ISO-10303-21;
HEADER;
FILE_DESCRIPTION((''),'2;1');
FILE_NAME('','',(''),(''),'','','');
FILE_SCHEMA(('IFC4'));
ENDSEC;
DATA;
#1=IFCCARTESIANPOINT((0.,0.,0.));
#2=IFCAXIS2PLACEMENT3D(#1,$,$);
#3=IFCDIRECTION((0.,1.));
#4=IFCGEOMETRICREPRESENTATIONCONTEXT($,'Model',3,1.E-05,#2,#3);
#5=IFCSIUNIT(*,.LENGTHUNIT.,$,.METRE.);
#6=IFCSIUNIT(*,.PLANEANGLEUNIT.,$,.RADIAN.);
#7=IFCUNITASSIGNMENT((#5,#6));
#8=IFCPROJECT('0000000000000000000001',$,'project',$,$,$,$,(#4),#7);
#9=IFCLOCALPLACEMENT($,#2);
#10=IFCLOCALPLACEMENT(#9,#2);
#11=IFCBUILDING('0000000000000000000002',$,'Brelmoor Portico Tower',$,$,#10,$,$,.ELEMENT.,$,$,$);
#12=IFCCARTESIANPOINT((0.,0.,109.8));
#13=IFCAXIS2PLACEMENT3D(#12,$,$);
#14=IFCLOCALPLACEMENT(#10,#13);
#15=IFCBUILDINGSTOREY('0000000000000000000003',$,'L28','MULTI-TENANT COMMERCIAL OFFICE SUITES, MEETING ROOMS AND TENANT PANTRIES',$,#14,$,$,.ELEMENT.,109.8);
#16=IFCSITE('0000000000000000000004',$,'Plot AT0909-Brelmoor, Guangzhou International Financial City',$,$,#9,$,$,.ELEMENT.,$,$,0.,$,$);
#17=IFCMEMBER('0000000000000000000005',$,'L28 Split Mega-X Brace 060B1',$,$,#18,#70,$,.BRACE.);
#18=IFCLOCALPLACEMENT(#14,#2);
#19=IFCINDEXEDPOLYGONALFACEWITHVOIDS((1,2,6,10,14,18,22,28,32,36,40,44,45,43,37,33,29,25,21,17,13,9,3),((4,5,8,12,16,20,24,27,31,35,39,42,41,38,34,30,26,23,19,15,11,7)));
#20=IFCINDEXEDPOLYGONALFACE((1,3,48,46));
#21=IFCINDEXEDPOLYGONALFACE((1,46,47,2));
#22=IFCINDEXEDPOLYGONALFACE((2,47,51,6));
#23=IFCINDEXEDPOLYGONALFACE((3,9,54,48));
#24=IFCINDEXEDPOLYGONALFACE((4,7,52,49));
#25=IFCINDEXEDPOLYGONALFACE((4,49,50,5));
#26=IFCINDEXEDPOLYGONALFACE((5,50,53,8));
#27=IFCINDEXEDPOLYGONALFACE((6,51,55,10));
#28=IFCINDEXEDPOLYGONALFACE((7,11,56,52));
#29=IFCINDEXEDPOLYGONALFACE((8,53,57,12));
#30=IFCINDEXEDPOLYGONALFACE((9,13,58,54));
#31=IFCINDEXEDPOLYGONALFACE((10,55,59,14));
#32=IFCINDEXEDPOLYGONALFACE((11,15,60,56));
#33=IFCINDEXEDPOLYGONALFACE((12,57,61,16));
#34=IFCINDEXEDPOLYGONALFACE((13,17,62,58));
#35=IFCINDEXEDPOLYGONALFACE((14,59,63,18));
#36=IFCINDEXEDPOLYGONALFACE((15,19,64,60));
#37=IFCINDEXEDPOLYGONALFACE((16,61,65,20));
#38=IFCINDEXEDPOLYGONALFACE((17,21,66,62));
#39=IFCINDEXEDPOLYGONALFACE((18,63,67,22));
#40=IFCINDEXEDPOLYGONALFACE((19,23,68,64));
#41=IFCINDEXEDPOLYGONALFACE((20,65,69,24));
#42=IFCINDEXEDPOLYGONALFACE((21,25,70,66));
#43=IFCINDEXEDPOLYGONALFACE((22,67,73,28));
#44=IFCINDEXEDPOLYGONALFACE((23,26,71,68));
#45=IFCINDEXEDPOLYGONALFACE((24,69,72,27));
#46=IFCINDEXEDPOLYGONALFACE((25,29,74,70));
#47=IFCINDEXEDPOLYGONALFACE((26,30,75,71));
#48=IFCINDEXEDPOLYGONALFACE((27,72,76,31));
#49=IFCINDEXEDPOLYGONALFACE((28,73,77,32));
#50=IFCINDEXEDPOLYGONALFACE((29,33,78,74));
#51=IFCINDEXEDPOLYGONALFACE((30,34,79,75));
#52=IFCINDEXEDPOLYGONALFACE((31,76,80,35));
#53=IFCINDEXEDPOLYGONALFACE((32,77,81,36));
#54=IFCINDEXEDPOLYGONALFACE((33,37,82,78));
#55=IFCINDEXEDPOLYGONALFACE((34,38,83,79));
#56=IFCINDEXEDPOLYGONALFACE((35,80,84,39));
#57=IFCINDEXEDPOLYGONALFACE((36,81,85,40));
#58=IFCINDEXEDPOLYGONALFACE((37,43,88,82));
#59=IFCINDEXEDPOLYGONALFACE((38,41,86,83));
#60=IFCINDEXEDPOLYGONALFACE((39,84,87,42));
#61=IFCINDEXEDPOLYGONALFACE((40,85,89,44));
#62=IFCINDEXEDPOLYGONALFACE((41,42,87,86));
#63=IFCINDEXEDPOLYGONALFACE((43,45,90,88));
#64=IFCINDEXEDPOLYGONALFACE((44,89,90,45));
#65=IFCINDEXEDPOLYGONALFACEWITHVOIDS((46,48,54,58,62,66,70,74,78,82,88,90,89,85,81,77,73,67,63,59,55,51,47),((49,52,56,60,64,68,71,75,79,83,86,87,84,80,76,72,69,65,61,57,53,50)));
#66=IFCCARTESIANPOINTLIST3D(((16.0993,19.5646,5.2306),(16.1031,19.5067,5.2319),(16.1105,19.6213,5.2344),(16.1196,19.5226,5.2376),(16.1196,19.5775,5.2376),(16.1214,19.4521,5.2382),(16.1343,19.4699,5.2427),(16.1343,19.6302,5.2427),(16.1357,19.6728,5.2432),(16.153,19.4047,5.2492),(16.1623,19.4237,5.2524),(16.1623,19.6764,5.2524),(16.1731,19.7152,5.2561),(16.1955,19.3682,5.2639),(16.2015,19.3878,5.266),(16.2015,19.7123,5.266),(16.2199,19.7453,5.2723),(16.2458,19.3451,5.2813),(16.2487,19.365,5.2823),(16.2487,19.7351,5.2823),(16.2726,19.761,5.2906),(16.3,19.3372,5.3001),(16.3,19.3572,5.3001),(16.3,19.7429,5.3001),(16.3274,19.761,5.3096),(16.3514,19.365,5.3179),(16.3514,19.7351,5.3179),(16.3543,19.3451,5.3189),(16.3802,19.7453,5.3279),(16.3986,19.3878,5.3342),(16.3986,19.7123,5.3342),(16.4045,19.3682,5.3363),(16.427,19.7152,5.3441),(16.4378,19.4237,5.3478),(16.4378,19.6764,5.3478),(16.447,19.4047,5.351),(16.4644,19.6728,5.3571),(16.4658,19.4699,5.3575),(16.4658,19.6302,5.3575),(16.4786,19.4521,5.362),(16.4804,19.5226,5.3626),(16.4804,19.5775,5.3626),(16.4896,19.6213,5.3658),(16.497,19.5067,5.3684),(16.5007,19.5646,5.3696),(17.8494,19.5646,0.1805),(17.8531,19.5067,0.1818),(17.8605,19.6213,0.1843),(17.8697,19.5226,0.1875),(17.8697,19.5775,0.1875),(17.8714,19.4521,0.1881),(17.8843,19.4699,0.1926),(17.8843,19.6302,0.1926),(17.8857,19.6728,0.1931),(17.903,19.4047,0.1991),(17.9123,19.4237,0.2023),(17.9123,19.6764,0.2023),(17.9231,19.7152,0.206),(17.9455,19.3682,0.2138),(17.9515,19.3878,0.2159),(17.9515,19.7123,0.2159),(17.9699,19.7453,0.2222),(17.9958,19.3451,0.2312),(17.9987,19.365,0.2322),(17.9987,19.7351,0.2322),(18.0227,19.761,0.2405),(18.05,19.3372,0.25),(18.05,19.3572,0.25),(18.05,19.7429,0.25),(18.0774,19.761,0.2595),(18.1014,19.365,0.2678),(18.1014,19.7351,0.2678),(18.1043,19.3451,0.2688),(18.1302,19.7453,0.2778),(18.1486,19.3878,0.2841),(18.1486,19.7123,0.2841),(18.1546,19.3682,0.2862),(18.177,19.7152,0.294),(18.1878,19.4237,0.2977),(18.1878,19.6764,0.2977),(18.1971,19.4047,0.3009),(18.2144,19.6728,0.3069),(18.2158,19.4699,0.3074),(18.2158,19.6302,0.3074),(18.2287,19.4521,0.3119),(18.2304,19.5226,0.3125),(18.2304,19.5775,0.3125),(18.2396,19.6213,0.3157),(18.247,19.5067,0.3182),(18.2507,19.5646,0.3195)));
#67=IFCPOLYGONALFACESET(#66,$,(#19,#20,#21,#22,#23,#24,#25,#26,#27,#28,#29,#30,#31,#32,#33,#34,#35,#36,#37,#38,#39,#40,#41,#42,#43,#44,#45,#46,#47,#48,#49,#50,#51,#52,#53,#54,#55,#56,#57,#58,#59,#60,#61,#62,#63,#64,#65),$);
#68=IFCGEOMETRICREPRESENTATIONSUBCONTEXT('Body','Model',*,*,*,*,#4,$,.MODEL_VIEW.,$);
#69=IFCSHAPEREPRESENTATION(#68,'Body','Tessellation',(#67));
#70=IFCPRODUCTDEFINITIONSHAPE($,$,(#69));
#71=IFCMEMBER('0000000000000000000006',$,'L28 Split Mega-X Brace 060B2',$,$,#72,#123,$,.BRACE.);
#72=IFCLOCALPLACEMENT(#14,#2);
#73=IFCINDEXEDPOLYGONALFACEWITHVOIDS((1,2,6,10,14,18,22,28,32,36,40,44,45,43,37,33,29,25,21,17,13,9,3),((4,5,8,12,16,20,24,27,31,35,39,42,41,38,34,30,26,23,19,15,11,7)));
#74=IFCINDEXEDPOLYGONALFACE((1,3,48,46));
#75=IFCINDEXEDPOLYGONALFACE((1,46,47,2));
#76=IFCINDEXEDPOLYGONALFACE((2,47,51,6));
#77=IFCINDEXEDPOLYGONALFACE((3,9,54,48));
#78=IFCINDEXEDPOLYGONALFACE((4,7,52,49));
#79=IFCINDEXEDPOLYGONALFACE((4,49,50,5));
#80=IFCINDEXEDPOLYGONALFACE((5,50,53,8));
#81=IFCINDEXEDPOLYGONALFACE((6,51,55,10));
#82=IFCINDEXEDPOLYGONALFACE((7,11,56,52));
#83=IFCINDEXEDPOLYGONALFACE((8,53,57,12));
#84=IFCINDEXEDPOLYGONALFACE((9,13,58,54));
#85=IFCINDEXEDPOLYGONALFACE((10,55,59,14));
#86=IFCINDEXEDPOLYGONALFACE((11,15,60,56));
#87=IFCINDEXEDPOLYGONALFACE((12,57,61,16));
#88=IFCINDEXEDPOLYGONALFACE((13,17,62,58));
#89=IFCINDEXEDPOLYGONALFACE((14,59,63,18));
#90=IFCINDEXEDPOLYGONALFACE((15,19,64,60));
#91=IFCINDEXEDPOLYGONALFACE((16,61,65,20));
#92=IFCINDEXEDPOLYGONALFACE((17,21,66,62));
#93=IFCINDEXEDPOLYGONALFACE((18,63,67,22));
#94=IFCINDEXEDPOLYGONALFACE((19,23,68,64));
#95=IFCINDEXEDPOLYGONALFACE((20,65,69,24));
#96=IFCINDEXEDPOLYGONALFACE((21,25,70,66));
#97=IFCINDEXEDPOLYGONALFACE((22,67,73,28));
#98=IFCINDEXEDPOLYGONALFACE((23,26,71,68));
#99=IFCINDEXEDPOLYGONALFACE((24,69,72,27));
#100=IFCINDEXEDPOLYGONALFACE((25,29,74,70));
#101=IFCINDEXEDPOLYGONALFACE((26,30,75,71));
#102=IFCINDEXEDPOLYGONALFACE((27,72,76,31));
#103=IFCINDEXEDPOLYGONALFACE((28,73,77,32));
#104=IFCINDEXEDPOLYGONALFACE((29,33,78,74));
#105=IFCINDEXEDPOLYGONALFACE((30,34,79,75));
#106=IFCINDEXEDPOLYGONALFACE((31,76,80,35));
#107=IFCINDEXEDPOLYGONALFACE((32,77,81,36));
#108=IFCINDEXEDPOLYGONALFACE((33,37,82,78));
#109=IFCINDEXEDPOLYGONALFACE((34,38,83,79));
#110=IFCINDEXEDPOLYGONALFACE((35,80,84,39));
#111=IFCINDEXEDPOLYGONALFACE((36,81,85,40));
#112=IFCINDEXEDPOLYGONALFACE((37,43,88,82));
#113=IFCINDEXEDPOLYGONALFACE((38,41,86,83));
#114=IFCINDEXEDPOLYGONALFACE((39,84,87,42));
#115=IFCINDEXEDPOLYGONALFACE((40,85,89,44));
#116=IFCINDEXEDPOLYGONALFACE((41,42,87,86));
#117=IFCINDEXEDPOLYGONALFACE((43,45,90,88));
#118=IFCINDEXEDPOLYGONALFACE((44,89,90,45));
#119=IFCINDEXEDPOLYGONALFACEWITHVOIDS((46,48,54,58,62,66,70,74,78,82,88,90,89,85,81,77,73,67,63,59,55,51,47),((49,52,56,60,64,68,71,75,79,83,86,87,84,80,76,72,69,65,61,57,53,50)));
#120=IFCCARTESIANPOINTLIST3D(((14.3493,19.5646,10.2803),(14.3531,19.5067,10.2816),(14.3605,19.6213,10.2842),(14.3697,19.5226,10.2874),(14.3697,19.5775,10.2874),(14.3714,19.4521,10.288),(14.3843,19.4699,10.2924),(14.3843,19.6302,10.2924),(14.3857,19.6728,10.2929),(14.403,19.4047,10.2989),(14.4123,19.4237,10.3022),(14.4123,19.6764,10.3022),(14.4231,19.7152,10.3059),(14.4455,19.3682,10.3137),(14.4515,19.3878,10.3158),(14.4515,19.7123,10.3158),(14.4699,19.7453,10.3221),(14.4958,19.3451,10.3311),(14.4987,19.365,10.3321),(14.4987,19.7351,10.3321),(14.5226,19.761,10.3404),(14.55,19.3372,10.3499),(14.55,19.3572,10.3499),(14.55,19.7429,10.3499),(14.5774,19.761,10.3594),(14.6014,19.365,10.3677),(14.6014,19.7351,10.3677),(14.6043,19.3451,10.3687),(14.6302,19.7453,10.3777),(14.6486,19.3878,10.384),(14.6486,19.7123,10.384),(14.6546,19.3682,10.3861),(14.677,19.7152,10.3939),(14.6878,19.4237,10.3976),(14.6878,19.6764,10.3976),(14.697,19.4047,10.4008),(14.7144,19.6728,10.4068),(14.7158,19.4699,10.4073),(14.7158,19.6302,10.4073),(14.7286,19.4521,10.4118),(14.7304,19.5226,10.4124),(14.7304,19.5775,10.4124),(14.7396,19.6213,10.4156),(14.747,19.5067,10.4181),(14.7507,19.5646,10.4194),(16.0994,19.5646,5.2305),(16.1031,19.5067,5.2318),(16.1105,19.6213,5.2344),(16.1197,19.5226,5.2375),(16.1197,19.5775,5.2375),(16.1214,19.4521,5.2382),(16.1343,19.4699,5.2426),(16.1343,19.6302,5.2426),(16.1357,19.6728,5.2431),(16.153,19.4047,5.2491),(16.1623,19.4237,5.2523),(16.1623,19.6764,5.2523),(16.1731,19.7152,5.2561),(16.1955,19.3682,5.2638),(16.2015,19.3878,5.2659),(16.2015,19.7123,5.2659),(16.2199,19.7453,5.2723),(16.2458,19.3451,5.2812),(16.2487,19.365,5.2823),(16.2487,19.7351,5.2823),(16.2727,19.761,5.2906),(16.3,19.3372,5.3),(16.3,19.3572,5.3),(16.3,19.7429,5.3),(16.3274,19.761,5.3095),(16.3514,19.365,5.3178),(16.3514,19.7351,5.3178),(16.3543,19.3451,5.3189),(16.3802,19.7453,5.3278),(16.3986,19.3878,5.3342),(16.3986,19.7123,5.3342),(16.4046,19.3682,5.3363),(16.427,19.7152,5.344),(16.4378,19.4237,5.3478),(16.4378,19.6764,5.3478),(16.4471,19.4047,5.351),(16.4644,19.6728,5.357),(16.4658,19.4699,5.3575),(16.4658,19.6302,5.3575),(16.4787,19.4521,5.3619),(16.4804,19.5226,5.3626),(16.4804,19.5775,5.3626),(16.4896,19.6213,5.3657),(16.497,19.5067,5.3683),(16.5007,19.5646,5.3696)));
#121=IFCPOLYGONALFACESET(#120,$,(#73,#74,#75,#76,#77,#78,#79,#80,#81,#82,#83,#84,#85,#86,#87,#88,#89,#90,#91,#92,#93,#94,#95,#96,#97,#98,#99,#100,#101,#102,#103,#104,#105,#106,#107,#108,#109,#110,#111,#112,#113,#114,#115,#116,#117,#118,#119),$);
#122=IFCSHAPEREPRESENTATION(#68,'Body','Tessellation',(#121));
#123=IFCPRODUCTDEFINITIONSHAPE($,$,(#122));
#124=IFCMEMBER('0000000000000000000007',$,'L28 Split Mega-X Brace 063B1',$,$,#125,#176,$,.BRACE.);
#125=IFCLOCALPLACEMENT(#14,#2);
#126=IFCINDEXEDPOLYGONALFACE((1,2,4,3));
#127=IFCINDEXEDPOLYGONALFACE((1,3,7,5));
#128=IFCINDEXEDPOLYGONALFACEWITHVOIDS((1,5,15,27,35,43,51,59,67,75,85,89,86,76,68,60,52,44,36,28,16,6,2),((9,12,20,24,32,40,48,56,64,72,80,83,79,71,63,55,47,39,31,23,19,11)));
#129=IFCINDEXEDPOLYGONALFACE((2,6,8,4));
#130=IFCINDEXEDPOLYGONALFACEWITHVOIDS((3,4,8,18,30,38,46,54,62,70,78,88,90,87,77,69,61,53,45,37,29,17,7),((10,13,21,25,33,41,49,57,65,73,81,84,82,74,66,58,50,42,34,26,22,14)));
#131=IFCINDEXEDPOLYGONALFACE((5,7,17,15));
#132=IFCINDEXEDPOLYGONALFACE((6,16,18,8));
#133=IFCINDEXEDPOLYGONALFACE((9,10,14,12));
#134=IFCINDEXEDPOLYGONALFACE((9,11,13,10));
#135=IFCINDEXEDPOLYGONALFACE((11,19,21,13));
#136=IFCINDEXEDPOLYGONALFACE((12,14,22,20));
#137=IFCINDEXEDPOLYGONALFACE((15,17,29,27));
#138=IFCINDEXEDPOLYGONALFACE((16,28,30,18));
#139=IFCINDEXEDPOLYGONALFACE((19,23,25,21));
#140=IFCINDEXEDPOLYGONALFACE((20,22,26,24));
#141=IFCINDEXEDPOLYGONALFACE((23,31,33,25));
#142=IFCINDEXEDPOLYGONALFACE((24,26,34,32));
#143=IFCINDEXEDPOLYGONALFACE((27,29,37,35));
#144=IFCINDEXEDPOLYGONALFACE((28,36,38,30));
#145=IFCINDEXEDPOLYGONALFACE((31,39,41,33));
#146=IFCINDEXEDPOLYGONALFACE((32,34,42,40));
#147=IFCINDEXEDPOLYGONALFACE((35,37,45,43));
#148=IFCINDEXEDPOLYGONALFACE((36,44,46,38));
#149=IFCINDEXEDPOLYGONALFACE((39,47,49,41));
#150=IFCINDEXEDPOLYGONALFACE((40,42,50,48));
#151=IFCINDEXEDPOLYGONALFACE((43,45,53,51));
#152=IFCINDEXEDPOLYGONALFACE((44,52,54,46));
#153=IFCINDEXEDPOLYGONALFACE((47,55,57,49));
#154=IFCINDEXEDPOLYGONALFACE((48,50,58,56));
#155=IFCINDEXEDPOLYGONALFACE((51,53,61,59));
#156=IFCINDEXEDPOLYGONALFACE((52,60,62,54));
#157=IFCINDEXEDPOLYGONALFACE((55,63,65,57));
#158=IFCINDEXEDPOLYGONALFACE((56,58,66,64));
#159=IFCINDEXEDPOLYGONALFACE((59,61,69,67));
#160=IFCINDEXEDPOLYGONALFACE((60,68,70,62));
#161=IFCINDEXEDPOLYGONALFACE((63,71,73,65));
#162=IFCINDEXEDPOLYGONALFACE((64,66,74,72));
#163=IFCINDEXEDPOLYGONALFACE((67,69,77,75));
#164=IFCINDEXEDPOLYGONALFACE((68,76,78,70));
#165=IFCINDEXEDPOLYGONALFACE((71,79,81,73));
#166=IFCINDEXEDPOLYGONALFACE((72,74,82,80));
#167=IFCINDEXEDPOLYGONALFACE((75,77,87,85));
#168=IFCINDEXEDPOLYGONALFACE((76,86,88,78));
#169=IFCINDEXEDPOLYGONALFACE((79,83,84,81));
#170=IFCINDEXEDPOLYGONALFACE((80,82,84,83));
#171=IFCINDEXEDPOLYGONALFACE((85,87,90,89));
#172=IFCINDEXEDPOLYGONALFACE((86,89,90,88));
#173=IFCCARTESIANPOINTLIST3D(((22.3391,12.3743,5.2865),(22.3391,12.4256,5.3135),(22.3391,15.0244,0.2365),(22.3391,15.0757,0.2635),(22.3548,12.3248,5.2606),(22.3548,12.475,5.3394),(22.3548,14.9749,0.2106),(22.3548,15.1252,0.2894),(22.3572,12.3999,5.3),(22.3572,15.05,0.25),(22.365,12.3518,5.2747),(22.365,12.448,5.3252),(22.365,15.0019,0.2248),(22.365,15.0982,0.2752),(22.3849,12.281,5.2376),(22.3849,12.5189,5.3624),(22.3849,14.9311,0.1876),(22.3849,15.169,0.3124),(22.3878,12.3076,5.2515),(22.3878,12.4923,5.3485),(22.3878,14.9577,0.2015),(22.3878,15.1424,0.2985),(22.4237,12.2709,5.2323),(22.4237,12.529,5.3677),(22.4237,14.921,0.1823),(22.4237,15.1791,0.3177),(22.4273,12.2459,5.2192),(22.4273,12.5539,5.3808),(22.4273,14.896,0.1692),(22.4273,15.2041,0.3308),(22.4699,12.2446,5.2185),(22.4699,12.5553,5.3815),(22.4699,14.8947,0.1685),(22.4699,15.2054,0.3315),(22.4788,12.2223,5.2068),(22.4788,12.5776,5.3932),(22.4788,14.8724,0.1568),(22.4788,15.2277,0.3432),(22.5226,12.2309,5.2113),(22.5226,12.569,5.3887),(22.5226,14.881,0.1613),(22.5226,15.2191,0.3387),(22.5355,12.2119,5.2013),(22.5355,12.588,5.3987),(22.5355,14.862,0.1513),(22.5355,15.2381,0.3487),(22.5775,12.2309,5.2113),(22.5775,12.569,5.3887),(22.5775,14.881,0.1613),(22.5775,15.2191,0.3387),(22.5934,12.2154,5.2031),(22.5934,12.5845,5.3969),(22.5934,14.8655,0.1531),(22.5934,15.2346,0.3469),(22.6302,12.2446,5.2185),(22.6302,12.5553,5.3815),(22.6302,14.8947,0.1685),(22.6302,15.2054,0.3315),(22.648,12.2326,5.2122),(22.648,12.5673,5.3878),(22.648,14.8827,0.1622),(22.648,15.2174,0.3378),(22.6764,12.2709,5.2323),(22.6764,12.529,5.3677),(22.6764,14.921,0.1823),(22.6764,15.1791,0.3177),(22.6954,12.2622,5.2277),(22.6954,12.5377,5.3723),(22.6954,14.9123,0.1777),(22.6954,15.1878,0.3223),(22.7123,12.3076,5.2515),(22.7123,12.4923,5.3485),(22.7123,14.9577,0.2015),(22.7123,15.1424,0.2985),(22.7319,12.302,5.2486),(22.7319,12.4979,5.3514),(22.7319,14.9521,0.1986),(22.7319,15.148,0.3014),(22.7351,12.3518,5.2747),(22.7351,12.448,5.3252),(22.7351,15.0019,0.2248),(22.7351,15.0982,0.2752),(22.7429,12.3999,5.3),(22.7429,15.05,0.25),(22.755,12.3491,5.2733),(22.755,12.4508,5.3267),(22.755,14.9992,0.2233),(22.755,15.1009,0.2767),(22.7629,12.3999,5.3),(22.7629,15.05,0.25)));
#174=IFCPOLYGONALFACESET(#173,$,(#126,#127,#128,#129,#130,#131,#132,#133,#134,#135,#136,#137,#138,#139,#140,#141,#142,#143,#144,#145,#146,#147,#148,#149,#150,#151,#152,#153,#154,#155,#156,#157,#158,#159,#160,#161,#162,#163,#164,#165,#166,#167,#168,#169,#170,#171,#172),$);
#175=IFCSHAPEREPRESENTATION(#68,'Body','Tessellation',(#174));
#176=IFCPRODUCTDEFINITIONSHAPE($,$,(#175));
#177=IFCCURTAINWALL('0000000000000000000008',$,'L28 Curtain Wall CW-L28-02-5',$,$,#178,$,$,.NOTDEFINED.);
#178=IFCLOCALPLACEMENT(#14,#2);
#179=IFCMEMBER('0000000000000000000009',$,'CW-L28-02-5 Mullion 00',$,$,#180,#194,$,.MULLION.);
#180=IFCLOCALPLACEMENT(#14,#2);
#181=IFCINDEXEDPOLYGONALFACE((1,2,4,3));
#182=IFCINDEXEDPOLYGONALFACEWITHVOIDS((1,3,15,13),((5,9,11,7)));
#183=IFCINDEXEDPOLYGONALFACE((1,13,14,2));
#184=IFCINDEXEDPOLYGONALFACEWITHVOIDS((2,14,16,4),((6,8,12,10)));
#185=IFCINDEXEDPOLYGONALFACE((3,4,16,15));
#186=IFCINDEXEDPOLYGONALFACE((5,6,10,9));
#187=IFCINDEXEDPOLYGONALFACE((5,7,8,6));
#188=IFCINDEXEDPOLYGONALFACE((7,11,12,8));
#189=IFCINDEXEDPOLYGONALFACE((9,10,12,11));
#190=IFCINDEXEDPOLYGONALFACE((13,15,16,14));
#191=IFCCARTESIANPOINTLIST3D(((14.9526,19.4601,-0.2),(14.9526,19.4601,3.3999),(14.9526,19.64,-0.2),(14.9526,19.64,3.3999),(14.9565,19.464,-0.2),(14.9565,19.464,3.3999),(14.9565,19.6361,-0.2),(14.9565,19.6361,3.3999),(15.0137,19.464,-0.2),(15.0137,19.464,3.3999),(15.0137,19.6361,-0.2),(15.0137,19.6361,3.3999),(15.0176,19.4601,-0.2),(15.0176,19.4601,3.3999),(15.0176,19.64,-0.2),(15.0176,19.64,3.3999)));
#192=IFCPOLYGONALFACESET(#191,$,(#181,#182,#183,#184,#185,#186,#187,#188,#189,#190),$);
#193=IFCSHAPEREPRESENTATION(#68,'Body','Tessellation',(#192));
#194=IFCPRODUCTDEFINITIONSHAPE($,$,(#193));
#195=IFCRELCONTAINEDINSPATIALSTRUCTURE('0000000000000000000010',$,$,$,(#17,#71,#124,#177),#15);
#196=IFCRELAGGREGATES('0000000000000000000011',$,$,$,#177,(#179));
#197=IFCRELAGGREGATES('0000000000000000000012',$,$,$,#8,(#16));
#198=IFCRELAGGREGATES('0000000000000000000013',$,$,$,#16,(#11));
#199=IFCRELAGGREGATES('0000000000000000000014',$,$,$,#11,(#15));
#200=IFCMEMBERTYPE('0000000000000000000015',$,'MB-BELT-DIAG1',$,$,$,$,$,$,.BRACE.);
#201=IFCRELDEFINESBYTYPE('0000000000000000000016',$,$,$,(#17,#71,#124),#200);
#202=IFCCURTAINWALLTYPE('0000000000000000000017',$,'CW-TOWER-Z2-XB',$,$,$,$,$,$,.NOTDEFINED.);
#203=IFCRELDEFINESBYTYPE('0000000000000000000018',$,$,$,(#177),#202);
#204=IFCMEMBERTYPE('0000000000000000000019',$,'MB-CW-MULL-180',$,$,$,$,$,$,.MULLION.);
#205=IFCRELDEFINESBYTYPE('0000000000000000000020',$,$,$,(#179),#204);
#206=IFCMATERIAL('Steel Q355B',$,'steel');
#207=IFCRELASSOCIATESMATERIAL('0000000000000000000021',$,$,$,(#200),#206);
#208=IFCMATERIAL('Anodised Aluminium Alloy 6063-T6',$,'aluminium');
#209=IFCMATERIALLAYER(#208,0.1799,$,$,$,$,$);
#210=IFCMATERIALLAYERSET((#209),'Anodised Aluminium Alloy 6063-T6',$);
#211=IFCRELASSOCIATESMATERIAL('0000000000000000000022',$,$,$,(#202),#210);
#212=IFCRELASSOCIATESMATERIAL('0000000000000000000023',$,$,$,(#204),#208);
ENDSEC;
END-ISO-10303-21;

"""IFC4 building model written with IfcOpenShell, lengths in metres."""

from ifc_helpers import new_model, si_unit, direction, frame, origin, origin_2d, place, context, subcontext, project, spatial, hollow_rectangle, hollow_circle, extrude, material, layer, layer_set, material_profile, profile_set, type_object, element, aggregate, save


model = new_model("IFC4")

# Units and contexts
model_context = context("Model", 3, precision=1e-05, world=origin(), true_north=direction((0.0, 1.0)))
body_context = subcontext(model_context, "Body", "Model", "MODEL_VIEW")
ifc_project = project(units=[si_unit("LENGTHUNIT", "METRE"), si_unit("PLANEANGLEUNIT", "RADIAN")], contexts=[model_context])

# Site, building, storey
site_placement = place(None, origin())
site = spatial("IfcSite", under=ifc_project, at=site_placement, Name="Plot AT0909-Brelmoor, Guangzhou International Financial City", CompositionType="ELEMENT", RefElevation=0.0)
building_placement = place(site_placement, origin())
building = spatial("IfcBuilding", under=site, at=building_placement, Name="Brelmoor Portico Tower", CompositionType="ELEMENT")
storey_placement = place(building_placement, frame((0.0, 0.0, 109.8)))
storey = spatial("IfcBuildingStorey", under=building, at=storey_placement, Name="L28", Description="MULTI-TENANT COMMERCIAL OFFICE SUITES, MEETING ROOMS AND TENANT PANTRIES", CompositionType="ELEMENT", Elevation=109.8)

# Shared definitions
ifc_material_1 = material(Name="Steel Q355B", Category="steel")

# Members
ifc_material_profile_1 = material_profile(ifc_material_1, hollow_circle(Radius=0.2129, WallThickness=0.02, at=origin_2d()), Name="CHS 426x20")
ifc_profile_set_1 = profile_set([ifc_material_profile_1], Name="Steel Q355B")
member_type_1 = type_object("IfcMemberType", Name="MB-BELT-DIAG1", PredefinedType="BRACE", material=ifc_profile_set_1)
member_1_placement = place(storey_placement, frame((18.05, 19.55, 0.25), z_axis=(-0.327429, 0.0, 0.944876), x_axis=(0.0, -1.0, 0.0)))
element("IfcMember", 1, at=member_1_placement, inside=storey, type_object=member_type_1, Name="L28 Split Mega-X Brace 060B1", PredefinedType="BRACE", context=body_context, shape_type="SweptSolid", body=[
    extrude(hollow_circle(Radius=0.2129, WallThickness=0.02, at=origin_2d()), origin(), (0.0, 0.0, 1.0), 5.3447),
])
member_2_placement = place(storey_placement, frame((16.3, 19.55, 5.3), z_axis=(-0.327443, 0.0, 0.944871), x_axis=(0.0, -1.0, 0.0)))
element("IfcMember", 2, at=member_2_placement, inside=storey, type_object=member_type_1, Name="L28 Split Mega-X Brace 060B2", PredefinedType="BRACE", context=body_context, shape_type="SweptSolid", body=[
    extrude(hollow_circle(Radius=0.2129, WallThickness=0.02, at=origin_2d()), origin(), (0.0, 0.0, 1.0), 5.3445),
])
member_3_placement = place(storey_placement, frame((22.55, 15.05, 0.25), z_axis=(0.0, -0.464679, 0.885479), x_axis=(1.0, 0.0, 0.0)))
element("IfcMember", 3, at=member_3_placement, inside=storey, type_object=member_type_1, Name="L28 Split Mega-X Brace 063B1", PredefinedType="BRACE", context=body_context, shape_type="SweptSolid", body=[
    extrude(hollow_circle(Radius=0.2129, WallThickness=0.02, at=origin_2d()), origin(), (0.0, 0.0, 1.0), 5.7031),
])

# Curtain wall, member
ifc_material_2 = material(Name="Anodised Aluminium Alloy 6063-T6", Category="aluminium")
ifc_layer_1 = layer(ifc_material_2, 0.1799)
ifc_layer_set_1 = layer_set([ifc_layer_1], Name="Anodised Aluminium Alloy 6063-T6")
curtain_wall_type = type_object("IfcCurtainWallType", Name="CW-TOWER-Z2-XB", PredefinedType="NOTDEFINED", material=ifc_layer_set_1)
curtain_wall_1_placement = place(storey_placement, origin())
curtain_wall_1 = element("IfcCurtainWall", 4, at=curtain_wall_1_placement, inside=storey, type_object=curtain_wall_type, Name="L28 Curtain Wall CW-L28-02-5", PredefinedType="NOTDEFINED")
ifc_material_profile_2 = material_profile(ifc_material_2, hollow_rectangle(XDim=0.0649, YDim=0.1799, WallThickness=0.0039, at=origin_2d()), Name="ALU MULLION 65x180")
ifc_profile_set_2 = profile_set([ifc_material_profile_2], Name="Anodised Aluminium Alloy 6063-T6")
member_type_2 = type_object("IfcMemberType", Name="MB-CW-MULL-180", PredefinedType="MULLION", material=ifc_profile_set_2)
member_4_placement = place(storey_placement, frame((14.9851, 19.55, -0.2), z_axis=(0.0, 0.0, 1.0), x_axis=(1.0, 0.0, 0.0)))
member_4 = element("IfcMember", 5, at=member_4_placement, type_object=member_type_2, Name="CW-L28-02-5 Mullion 00", PredefinedType="MULLION", context=body_context, shape_type="SweptSolid", body=[
    extrude(hollow_rectangle(XDim=0.0649, YDim=0.1799, WallThickness=0.0039, at=origin_2d()), origin(), (0.0, 0.0, 1.0), 3.5999),
])

aggregate(curtain_wall_1, [member_4])

save(model, "model.ifc")
